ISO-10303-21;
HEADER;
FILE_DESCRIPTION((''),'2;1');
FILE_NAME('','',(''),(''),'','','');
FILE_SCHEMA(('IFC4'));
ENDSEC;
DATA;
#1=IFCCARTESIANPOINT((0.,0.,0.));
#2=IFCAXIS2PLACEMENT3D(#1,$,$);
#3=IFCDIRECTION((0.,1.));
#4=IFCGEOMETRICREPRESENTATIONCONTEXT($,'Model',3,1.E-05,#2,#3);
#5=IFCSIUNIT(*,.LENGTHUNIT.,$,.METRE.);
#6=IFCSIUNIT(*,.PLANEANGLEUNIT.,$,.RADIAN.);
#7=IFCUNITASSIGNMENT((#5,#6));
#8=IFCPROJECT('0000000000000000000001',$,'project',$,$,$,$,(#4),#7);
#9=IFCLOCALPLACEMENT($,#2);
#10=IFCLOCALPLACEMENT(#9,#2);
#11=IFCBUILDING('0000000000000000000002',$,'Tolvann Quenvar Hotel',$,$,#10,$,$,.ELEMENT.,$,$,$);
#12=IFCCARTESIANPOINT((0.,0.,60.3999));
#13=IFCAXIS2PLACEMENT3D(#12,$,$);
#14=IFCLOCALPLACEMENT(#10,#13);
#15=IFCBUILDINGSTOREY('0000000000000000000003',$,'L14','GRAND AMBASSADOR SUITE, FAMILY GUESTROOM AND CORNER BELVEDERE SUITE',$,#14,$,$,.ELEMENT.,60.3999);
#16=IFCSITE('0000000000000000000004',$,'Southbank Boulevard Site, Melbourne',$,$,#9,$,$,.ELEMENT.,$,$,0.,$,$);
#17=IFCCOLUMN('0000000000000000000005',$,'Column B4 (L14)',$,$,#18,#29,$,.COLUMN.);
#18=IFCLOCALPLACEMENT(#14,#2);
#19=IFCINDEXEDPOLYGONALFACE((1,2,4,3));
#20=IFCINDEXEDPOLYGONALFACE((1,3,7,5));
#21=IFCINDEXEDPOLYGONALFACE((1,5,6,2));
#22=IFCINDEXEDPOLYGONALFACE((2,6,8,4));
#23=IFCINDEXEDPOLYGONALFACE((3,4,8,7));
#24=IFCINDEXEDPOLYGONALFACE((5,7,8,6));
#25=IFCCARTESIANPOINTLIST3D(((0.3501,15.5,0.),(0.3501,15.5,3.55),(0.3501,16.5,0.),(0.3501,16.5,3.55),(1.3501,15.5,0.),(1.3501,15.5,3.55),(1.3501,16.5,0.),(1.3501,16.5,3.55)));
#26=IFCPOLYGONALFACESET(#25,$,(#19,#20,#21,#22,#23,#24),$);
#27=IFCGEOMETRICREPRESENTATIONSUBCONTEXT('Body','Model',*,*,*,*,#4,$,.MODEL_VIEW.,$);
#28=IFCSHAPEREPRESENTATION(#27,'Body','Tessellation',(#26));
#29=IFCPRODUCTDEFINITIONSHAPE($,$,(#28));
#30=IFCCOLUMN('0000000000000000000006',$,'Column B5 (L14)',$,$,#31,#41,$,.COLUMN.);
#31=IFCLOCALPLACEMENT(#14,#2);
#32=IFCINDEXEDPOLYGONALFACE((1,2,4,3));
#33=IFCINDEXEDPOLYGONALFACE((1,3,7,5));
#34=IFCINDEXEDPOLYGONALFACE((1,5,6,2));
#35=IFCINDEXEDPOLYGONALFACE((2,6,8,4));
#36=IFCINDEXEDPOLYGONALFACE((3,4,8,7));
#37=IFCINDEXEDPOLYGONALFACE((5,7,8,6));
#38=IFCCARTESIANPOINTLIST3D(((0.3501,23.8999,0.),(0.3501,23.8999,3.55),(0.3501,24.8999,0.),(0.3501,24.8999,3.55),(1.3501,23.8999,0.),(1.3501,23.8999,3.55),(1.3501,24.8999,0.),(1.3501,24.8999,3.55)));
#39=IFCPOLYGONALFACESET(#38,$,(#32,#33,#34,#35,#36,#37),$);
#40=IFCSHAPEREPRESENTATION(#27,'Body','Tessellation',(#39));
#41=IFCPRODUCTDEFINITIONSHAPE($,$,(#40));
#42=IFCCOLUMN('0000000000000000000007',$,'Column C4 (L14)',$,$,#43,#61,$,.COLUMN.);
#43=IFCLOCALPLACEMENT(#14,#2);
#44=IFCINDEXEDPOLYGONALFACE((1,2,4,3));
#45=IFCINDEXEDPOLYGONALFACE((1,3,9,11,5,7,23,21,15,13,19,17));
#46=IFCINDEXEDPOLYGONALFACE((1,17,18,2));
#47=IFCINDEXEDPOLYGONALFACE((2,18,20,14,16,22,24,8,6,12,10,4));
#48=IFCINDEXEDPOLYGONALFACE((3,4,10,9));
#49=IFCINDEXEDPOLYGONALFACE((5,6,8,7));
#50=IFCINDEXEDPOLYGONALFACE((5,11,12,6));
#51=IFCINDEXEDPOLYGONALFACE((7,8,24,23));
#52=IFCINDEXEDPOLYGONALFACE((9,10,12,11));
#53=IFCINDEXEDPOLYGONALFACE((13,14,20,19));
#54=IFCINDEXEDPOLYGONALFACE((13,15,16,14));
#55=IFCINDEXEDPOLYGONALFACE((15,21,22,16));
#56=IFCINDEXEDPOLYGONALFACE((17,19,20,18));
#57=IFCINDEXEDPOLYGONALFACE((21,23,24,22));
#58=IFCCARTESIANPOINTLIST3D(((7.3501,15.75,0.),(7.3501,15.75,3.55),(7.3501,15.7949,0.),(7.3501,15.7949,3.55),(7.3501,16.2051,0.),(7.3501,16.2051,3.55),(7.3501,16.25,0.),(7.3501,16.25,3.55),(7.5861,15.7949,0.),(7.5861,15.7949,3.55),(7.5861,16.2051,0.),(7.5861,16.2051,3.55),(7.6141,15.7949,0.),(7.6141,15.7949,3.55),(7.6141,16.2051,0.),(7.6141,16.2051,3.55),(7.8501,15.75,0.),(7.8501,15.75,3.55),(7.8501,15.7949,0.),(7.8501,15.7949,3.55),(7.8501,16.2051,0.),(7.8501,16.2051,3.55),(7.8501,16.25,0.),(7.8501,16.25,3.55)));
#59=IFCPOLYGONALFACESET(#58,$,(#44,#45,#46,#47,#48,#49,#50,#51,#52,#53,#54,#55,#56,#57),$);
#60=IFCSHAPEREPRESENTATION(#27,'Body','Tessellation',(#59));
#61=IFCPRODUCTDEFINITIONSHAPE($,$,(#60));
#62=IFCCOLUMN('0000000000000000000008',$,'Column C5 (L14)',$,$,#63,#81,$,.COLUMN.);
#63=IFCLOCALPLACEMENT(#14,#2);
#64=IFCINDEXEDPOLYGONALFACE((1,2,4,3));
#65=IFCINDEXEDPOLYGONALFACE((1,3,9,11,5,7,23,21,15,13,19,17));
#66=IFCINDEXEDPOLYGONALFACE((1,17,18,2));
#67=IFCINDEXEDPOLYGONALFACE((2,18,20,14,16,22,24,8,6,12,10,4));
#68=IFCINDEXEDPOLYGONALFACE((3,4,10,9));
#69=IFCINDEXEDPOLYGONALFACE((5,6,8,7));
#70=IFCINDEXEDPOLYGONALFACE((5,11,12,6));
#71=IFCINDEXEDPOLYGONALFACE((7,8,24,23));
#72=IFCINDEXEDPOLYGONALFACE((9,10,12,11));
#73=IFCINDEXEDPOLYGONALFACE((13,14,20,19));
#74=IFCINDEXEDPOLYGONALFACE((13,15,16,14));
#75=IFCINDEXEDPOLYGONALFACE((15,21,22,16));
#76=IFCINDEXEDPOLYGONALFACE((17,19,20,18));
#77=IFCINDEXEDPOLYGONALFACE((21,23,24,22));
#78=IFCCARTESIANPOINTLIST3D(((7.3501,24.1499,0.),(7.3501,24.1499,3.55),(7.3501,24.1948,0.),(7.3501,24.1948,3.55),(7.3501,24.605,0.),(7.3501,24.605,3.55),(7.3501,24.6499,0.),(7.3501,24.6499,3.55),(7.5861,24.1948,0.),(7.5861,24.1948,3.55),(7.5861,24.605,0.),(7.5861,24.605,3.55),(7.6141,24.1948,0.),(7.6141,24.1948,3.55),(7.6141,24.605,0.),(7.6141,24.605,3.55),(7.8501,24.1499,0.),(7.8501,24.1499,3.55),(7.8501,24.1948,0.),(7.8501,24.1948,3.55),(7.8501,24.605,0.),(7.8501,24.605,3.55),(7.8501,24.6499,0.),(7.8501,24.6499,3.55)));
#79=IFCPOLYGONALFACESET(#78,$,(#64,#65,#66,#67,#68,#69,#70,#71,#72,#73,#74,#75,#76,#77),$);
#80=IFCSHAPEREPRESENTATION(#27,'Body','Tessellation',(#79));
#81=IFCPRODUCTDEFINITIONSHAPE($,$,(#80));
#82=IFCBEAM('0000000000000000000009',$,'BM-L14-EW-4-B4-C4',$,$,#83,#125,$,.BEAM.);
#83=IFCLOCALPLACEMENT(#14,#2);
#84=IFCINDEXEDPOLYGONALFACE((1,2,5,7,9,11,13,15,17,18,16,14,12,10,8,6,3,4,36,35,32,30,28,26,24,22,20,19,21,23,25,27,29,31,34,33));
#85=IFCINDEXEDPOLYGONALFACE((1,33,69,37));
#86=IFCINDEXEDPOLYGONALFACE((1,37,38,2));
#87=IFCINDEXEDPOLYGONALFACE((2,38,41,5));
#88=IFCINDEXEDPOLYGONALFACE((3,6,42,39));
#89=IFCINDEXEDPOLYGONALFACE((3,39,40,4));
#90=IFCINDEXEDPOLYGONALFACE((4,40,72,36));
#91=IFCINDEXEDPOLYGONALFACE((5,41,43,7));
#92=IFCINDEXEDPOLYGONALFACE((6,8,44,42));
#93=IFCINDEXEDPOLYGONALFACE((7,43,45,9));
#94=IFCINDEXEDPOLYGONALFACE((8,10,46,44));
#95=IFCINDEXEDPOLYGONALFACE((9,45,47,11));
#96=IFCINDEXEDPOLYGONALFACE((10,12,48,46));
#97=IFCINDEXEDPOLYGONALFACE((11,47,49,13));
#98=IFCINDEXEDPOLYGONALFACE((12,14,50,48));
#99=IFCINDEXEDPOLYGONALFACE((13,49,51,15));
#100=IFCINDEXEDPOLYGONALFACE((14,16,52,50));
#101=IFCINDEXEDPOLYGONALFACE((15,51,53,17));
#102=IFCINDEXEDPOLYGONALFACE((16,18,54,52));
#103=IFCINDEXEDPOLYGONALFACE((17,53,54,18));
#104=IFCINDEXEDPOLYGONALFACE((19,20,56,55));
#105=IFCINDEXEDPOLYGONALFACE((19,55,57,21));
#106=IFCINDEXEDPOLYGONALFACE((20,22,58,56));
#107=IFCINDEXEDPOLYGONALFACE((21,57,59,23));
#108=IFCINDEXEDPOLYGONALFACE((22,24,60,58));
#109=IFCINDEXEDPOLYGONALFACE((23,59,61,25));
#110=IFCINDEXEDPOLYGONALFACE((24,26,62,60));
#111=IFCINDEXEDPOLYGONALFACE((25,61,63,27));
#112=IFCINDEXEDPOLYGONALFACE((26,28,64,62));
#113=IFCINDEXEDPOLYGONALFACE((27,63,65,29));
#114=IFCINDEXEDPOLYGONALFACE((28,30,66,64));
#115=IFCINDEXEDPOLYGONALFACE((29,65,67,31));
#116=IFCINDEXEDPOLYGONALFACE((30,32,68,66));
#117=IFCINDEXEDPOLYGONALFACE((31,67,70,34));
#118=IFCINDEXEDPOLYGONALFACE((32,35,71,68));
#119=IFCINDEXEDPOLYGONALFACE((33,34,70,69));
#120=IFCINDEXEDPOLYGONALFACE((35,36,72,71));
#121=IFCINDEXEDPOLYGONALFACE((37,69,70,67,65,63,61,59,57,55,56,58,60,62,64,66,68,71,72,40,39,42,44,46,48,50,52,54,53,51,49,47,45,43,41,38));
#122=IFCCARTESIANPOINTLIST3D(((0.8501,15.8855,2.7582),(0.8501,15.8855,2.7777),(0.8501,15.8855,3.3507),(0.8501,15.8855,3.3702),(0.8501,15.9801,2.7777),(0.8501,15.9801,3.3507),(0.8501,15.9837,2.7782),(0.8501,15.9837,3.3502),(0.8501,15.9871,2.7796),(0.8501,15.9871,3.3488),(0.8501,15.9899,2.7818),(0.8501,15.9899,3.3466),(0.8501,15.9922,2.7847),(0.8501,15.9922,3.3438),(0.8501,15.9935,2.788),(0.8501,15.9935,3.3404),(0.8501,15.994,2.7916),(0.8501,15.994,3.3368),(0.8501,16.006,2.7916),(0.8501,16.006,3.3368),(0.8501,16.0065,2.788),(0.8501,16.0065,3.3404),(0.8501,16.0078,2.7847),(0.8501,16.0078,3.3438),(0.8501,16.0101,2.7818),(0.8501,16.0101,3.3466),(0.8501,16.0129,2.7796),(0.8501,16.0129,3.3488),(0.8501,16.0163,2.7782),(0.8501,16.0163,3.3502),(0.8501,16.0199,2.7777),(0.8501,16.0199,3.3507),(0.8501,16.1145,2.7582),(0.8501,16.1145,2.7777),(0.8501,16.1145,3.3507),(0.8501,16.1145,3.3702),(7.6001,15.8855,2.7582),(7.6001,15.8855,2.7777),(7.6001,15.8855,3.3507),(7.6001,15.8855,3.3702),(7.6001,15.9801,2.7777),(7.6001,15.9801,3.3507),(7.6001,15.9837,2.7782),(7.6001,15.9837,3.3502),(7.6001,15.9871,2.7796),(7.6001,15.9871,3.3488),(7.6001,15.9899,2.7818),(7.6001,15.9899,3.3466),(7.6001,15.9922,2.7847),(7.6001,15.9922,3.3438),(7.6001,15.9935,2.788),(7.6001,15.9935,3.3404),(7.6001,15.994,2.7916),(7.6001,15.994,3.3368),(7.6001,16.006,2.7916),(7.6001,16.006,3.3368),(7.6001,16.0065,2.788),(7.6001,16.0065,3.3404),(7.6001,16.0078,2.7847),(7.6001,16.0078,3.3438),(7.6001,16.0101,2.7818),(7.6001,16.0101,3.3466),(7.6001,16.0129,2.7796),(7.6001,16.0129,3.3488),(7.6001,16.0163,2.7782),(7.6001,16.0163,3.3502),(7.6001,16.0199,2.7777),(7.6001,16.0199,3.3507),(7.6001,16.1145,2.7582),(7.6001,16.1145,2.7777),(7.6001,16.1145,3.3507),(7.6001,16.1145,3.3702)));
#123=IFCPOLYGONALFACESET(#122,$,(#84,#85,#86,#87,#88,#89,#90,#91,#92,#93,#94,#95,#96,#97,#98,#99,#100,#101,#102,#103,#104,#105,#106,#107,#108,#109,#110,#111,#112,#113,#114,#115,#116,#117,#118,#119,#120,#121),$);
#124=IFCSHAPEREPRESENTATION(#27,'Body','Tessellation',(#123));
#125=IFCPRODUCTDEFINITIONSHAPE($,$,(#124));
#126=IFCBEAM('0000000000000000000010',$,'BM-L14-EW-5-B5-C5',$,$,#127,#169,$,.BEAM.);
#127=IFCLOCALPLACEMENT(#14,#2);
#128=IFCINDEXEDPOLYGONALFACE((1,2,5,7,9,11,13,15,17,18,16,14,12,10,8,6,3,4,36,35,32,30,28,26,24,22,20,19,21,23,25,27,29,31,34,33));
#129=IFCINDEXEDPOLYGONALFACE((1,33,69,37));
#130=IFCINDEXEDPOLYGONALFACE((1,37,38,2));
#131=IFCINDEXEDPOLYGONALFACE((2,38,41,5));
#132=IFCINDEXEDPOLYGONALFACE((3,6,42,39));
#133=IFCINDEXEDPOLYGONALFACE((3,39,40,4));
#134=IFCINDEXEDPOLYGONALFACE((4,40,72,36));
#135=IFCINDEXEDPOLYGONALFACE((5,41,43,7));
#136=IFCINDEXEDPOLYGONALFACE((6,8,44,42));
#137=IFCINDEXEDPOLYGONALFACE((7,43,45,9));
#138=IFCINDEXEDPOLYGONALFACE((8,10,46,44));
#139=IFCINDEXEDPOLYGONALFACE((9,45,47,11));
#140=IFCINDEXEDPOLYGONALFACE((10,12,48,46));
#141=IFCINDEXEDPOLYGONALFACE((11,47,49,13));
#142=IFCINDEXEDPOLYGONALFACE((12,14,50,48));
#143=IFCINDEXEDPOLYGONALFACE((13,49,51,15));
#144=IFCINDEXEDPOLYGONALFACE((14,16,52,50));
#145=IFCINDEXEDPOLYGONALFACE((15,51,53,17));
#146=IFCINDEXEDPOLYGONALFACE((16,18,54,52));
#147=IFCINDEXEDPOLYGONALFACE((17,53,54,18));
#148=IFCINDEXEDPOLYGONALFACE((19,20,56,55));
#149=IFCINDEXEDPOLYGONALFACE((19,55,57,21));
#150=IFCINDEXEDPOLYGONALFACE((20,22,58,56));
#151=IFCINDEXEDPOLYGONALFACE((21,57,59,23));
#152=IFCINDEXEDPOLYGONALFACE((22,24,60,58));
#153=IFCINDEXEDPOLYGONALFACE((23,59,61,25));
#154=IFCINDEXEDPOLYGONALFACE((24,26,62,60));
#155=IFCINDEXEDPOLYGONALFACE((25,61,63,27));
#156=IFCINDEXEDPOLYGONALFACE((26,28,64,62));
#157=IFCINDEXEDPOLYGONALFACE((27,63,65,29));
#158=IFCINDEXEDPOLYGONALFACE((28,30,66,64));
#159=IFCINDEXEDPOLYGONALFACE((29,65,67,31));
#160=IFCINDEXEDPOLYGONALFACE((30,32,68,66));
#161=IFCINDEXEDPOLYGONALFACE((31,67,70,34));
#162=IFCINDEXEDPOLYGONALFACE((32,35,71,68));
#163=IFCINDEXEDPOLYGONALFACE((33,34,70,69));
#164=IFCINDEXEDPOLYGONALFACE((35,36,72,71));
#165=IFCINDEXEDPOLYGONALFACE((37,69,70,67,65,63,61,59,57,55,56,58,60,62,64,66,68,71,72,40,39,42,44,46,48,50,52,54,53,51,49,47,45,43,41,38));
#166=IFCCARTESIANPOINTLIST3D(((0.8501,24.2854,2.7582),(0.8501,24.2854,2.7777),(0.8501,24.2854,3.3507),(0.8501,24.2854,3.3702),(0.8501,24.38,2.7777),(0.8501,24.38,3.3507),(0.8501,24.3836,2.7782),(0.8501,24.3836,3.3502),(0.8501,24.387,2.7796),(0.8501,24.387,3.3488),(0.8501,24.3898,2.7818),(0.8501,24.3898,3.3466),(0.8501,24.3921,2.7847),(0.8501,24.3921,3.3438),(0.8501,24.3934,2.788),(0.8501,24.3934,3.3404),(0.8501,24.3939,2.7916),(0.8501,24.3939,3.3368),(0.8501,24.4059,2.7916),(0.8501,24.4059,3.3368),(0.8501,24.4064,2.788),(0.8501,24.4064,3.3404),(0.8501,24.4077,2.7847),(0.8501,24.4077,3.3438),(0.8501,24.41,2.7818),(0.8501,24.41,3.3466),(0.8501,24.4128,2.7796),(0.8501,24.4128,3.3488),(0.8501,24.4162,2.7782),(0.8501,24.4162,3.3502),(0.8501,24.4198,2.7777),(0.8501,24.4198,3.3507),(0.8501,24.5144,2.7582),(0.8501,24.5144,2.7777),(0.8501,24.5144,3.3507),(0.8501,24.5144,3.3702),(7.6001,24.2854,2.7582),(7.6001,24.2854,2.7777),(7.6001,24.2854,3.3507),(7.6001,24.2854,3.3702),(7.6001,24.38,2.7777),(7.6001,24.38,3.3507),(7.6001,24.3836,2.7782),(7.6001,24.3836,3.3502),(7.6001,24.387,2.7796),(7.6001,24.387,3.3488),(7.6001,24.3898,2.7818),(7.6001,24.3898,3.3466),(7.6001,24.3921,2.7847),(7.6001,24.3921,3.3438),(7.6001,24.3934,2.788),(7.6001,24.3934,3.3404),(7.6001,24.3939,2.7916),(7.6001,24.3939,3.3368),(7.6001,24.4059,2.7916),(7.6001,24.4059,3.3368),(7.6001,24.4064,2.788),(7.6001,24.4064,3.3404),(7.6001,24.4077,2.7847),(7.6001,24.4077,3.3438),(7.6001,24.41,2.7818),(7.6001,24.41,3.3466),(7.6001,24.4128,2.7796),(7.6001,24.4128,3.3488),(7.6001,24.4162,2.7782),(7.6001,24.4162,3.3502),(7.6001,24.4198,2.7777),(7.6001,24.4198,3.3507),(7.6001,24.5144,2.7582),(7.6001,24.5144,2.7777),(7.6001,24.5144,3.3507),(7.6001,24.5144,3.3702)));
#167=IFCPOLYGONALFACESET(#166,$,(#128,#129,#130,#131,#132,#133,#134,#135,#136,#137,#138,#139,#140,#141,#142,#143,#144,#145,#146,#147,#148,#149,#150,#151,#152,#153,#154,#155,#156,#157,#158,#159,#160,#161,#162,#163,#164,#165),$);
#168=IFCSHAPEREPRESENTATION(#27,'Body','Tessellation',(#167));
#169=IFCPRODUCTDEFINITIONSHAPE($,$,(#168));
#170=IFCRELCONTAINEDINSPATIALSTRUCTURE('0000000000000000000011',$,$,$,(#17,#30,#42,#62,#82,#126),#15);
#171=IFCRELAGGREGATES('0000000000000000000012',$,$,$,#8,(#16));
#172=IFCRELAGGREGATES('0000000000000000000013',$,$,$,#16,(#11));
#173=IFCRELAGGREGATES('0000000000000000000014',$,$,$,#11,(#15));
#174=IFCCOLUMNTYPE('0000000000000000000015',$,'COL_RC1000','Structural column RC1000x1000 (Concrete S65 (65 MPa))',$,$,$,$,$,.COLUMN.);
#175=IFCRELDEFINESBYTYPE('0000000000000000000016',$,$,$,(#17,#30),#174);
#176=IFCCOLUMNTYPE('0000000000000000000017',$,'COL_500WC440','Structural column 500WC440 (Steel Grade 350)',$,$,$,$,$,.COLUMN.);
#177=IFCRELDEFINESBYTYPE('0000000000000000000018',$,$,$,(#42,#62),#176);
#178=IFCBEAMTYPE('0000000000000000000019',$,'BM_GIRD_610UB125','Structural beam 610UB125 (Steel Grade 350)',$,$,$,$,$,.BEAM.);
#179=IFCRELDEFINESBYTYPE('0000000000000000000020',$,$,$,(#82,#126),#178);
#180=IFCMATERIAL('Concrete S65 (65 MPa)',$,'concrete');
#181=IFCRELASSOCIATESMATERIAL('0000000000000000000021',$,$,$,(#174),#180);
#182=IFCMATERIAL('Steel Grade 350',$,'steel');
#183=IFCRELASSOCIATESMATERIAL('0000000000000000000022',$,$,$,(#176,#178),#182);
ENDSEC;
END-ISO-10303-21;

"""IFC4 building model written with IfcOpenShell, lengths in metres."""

from ifc_helpers import new_model, si_unit, direction, frame, origin, origin_2d, place, context, subcontext, project, spatial, rectangle, i_section, extrude, source, transform, mapped, material, material_profile, profile_set, type_object, type_shapes, element, save


model = new_model("IFC4")

# Units and contexts
model_context = context("Model", 3, precision=1e-05, world=origin(), true_north=direction((0.0, 1.0)))
body_context = subcontext(model_context, "Body", "Model", "MODEL_VIEW")
ifc_project = project(units=[si_unit("LENGTHUNIT", "METRE"), si_unit("PLANEANGLEUNIT", "RADIAN")], contexts=[model_context])

# Site, building, storey
site_placement = place(None, origin())
site = spatial("IfcSite", under=ifc_project, at=site_placement, Name="Southbank Boulevard Site, Melbourne", CompositionType="ELEMENT", RefElevation=0.0)
building_placement = place(site_placement, origin())
building = spatial("IfcBuilding", under=site, at=building_placement, Name="Tolvann Quenvar Hotel", CompositionType="ELEMENT")
storey_placement = place(building_placement, frame((0.0, 0.0, 60.3999)))
storey = spatial("IfcBuildingStorey", under=building, at=storey_placement, Name="L14", Description="GRAND AMBASSADOR SUITE, FAMILY GUESTROOM AND CORNER BELVEDERE SUITE", CompositionType="ELEMENT", Elevation=60.3999)

# Columns
ifc_material_1 = material(Name="Concrete S65 (65 MPa)", Category="concrete")
ifc_material_profile_1 = material_profile(ifc_material_1, rectangle(XDim=1.0, YDim=1.0, at=origin_2d()), Name="RC1000x1000")
ifc_profile_set_1 = profile_set([ifc_material_profile_1], Name="Concrete S65 (65 MPa)")
column_type_1 = type_object("IfcColumnType", Name="COL_RC1000", Description="Structural column RC1000x1000 (Concrete S65 (65 MPa))", PredefinedType="COLUMN", material=ifc_profile_set_1)
shared_shape_1 = source(origin(), body_context, "Body", "SweptSolid", [
    extrude(rectangle(XDim=1.0, YDim=1.0, at=origin_2d()), origin(), (0.0, 0.0, 1.0), 3.55),
])
type_shapes(column_type_1, [shared_shape_1])
for number, where, z_axis, x_axis, name in (
    (1, (0.8501, 16.0, 0.0), (0.0, 0.0, 1.0), (1.0, 0.0, 0.0), "Column B4 (L14)"),
    (2, (0.8501, 24.3999, 0.0), (0.0, 0.0, 1.0), (1.0, 0.0, 0.0), "Column B5 (L14)"),
):
    element("IfcColumn", number, at=place(storey_placement, frame(where, z_axis=z_axis, x_axis=x_axis)), inside=storey, type_object=column_type_1, Name=name, PredefinedType="COLUMN", context=body_context, shape_type="MappedRepresentation", body=[
        mapped(shared_shape_1, transform((0.0, 0.0, 0.0), x_axis=(1.0, 0.0, 0.0), y_axis=(0.0, 1.0, 0.0), z_axis=(0.0, 0.0, 1.0), scale=1.0)),
    ])
ifc_material_2 = material(Name="Steel Grade 350", Category="steel")
ifc_material_profile_2 = material_profile(ifc_material_2, i_section(OverallWidth=0.5, OverallDepth=0.5, WebThickness=0.0281, FlangeThickness=0.0449, at=origin_2d()), Name="500WC440")
ifc_profile_set_2 = profile_set([ifc_material_profile_2], Name="Steel Grade 350")
column_type_2 = type_object("IfcColumnType", Name="COL_500WC440", Description="Structural column 500WC440 (Steel Grade 350)", PredefinedType="COLUMN", material=ifc_profile_set_2)
shared_shape_2 = source(origin(), body_context, "Body", "SweptSolid", [
    extrude(i_section(OverallWidth=0.5, OverallDepth=0.5, WebThickness=0.0281, FlangeThickness=0.0449, at=origin_2d()), origin(), (0.0, 0.0, 1.0), 3.55),
])
type_shapes(column_type_2, [shared_shape_2])
for number, where, z_axis, x_axis, name in (
    (3, (7.6001, 16.0, 0.0), (0.0, 0.0, 1.0), (1.0, 0.0, 0.0), "Column C4 (L14)"),
    (4, (7.6001, 24.3999, 0.0), (0.0, 0.0, 1.0), (1.0, 0.0, 0.0), "Column C5 (L14)"),
):
    element("IfcColumn", number, at=place(storey_placement, frame(where, z_axis=z_axis, x_axis=x_axis)), inside=storey, type_object=column_type_2, Name=name, PredefinedType="COLUMN", context=body_context, shape_type="MappedRepresentation", body=[
        mapped(shared_shape_2, transform((0.0, 0.0, 0.0), x_axis=(1.0, 0.0, 0.0), y_axis=(0.0, 1.0, 0.0), z_axis=(0.0, 0.0, 1.0), scale=1.0)),
    ])

# Beams
ifc_material_profile_3 = material_profile(ifc_material_2, i_section(OverallWidth=0.229, OverallDepth=0.6121, WebThickness=0.012, FlangeThickness=0.0195, FilletRadius=0.0139, at=origin_2d()), Name="610UB125")
ifc_profile_set_3 = profile_set([ifc_material_profile_3], Name="Steel Grade 350")
beam_type_1 = type_object("IfcBeamType", Name="BM_GIRD_610UB125", Description="Structural beam 610UB125 (Steel Grade 350)", PredefinedType="BEAM", material=ifc_profile_set_3)
shared_shape_3 = source(origin(), body_context, "Body", "SweptSolid", [
    extrude(i_section(OverallWidth=0.229, OverallDepth=0.6121, WebThickness=0.012, FlangeThickness=0.0195, FilletRadius=0.0139, at=origin_2d()), origin(), (0.0, 0.0, 1.0), 6.75),
])
for number, where, z_axis, x_axis, name in (
    (5, (0.8501, 16.0, 3.0642), (1.0, 0.0, 0.0), (0.0, 1.0, 0.0), "BM-L14-EW-4-B4-C4"),
    (6, (0.8501, 24.3999, 3.0642), (1.0, 0.0, 0.0), (0.0, 1.0, 0.0), "BM-L14-EW-5-B5-C5"),
):
    element("IfcBeam", number, at=place(storey_placement, frame(where, z_axis=z_axis, x_axis=x_axis)), inside=storey, type_object=beam_type_1, Name=name, PredefinedType="BEAM", context=body_context, shape_type="MappedRepresentation", body=[
        mapped(shared_shape_3, transform((0.0, 0.0, 0.0), x_axis=(1.0, 0.0, 0.0), y_axis=(0.0, 1.0, 0.0), z_axis=(0.0, 0.0, 1.0), scale=1.0)),
    ])

save(model, "model.ifc")
